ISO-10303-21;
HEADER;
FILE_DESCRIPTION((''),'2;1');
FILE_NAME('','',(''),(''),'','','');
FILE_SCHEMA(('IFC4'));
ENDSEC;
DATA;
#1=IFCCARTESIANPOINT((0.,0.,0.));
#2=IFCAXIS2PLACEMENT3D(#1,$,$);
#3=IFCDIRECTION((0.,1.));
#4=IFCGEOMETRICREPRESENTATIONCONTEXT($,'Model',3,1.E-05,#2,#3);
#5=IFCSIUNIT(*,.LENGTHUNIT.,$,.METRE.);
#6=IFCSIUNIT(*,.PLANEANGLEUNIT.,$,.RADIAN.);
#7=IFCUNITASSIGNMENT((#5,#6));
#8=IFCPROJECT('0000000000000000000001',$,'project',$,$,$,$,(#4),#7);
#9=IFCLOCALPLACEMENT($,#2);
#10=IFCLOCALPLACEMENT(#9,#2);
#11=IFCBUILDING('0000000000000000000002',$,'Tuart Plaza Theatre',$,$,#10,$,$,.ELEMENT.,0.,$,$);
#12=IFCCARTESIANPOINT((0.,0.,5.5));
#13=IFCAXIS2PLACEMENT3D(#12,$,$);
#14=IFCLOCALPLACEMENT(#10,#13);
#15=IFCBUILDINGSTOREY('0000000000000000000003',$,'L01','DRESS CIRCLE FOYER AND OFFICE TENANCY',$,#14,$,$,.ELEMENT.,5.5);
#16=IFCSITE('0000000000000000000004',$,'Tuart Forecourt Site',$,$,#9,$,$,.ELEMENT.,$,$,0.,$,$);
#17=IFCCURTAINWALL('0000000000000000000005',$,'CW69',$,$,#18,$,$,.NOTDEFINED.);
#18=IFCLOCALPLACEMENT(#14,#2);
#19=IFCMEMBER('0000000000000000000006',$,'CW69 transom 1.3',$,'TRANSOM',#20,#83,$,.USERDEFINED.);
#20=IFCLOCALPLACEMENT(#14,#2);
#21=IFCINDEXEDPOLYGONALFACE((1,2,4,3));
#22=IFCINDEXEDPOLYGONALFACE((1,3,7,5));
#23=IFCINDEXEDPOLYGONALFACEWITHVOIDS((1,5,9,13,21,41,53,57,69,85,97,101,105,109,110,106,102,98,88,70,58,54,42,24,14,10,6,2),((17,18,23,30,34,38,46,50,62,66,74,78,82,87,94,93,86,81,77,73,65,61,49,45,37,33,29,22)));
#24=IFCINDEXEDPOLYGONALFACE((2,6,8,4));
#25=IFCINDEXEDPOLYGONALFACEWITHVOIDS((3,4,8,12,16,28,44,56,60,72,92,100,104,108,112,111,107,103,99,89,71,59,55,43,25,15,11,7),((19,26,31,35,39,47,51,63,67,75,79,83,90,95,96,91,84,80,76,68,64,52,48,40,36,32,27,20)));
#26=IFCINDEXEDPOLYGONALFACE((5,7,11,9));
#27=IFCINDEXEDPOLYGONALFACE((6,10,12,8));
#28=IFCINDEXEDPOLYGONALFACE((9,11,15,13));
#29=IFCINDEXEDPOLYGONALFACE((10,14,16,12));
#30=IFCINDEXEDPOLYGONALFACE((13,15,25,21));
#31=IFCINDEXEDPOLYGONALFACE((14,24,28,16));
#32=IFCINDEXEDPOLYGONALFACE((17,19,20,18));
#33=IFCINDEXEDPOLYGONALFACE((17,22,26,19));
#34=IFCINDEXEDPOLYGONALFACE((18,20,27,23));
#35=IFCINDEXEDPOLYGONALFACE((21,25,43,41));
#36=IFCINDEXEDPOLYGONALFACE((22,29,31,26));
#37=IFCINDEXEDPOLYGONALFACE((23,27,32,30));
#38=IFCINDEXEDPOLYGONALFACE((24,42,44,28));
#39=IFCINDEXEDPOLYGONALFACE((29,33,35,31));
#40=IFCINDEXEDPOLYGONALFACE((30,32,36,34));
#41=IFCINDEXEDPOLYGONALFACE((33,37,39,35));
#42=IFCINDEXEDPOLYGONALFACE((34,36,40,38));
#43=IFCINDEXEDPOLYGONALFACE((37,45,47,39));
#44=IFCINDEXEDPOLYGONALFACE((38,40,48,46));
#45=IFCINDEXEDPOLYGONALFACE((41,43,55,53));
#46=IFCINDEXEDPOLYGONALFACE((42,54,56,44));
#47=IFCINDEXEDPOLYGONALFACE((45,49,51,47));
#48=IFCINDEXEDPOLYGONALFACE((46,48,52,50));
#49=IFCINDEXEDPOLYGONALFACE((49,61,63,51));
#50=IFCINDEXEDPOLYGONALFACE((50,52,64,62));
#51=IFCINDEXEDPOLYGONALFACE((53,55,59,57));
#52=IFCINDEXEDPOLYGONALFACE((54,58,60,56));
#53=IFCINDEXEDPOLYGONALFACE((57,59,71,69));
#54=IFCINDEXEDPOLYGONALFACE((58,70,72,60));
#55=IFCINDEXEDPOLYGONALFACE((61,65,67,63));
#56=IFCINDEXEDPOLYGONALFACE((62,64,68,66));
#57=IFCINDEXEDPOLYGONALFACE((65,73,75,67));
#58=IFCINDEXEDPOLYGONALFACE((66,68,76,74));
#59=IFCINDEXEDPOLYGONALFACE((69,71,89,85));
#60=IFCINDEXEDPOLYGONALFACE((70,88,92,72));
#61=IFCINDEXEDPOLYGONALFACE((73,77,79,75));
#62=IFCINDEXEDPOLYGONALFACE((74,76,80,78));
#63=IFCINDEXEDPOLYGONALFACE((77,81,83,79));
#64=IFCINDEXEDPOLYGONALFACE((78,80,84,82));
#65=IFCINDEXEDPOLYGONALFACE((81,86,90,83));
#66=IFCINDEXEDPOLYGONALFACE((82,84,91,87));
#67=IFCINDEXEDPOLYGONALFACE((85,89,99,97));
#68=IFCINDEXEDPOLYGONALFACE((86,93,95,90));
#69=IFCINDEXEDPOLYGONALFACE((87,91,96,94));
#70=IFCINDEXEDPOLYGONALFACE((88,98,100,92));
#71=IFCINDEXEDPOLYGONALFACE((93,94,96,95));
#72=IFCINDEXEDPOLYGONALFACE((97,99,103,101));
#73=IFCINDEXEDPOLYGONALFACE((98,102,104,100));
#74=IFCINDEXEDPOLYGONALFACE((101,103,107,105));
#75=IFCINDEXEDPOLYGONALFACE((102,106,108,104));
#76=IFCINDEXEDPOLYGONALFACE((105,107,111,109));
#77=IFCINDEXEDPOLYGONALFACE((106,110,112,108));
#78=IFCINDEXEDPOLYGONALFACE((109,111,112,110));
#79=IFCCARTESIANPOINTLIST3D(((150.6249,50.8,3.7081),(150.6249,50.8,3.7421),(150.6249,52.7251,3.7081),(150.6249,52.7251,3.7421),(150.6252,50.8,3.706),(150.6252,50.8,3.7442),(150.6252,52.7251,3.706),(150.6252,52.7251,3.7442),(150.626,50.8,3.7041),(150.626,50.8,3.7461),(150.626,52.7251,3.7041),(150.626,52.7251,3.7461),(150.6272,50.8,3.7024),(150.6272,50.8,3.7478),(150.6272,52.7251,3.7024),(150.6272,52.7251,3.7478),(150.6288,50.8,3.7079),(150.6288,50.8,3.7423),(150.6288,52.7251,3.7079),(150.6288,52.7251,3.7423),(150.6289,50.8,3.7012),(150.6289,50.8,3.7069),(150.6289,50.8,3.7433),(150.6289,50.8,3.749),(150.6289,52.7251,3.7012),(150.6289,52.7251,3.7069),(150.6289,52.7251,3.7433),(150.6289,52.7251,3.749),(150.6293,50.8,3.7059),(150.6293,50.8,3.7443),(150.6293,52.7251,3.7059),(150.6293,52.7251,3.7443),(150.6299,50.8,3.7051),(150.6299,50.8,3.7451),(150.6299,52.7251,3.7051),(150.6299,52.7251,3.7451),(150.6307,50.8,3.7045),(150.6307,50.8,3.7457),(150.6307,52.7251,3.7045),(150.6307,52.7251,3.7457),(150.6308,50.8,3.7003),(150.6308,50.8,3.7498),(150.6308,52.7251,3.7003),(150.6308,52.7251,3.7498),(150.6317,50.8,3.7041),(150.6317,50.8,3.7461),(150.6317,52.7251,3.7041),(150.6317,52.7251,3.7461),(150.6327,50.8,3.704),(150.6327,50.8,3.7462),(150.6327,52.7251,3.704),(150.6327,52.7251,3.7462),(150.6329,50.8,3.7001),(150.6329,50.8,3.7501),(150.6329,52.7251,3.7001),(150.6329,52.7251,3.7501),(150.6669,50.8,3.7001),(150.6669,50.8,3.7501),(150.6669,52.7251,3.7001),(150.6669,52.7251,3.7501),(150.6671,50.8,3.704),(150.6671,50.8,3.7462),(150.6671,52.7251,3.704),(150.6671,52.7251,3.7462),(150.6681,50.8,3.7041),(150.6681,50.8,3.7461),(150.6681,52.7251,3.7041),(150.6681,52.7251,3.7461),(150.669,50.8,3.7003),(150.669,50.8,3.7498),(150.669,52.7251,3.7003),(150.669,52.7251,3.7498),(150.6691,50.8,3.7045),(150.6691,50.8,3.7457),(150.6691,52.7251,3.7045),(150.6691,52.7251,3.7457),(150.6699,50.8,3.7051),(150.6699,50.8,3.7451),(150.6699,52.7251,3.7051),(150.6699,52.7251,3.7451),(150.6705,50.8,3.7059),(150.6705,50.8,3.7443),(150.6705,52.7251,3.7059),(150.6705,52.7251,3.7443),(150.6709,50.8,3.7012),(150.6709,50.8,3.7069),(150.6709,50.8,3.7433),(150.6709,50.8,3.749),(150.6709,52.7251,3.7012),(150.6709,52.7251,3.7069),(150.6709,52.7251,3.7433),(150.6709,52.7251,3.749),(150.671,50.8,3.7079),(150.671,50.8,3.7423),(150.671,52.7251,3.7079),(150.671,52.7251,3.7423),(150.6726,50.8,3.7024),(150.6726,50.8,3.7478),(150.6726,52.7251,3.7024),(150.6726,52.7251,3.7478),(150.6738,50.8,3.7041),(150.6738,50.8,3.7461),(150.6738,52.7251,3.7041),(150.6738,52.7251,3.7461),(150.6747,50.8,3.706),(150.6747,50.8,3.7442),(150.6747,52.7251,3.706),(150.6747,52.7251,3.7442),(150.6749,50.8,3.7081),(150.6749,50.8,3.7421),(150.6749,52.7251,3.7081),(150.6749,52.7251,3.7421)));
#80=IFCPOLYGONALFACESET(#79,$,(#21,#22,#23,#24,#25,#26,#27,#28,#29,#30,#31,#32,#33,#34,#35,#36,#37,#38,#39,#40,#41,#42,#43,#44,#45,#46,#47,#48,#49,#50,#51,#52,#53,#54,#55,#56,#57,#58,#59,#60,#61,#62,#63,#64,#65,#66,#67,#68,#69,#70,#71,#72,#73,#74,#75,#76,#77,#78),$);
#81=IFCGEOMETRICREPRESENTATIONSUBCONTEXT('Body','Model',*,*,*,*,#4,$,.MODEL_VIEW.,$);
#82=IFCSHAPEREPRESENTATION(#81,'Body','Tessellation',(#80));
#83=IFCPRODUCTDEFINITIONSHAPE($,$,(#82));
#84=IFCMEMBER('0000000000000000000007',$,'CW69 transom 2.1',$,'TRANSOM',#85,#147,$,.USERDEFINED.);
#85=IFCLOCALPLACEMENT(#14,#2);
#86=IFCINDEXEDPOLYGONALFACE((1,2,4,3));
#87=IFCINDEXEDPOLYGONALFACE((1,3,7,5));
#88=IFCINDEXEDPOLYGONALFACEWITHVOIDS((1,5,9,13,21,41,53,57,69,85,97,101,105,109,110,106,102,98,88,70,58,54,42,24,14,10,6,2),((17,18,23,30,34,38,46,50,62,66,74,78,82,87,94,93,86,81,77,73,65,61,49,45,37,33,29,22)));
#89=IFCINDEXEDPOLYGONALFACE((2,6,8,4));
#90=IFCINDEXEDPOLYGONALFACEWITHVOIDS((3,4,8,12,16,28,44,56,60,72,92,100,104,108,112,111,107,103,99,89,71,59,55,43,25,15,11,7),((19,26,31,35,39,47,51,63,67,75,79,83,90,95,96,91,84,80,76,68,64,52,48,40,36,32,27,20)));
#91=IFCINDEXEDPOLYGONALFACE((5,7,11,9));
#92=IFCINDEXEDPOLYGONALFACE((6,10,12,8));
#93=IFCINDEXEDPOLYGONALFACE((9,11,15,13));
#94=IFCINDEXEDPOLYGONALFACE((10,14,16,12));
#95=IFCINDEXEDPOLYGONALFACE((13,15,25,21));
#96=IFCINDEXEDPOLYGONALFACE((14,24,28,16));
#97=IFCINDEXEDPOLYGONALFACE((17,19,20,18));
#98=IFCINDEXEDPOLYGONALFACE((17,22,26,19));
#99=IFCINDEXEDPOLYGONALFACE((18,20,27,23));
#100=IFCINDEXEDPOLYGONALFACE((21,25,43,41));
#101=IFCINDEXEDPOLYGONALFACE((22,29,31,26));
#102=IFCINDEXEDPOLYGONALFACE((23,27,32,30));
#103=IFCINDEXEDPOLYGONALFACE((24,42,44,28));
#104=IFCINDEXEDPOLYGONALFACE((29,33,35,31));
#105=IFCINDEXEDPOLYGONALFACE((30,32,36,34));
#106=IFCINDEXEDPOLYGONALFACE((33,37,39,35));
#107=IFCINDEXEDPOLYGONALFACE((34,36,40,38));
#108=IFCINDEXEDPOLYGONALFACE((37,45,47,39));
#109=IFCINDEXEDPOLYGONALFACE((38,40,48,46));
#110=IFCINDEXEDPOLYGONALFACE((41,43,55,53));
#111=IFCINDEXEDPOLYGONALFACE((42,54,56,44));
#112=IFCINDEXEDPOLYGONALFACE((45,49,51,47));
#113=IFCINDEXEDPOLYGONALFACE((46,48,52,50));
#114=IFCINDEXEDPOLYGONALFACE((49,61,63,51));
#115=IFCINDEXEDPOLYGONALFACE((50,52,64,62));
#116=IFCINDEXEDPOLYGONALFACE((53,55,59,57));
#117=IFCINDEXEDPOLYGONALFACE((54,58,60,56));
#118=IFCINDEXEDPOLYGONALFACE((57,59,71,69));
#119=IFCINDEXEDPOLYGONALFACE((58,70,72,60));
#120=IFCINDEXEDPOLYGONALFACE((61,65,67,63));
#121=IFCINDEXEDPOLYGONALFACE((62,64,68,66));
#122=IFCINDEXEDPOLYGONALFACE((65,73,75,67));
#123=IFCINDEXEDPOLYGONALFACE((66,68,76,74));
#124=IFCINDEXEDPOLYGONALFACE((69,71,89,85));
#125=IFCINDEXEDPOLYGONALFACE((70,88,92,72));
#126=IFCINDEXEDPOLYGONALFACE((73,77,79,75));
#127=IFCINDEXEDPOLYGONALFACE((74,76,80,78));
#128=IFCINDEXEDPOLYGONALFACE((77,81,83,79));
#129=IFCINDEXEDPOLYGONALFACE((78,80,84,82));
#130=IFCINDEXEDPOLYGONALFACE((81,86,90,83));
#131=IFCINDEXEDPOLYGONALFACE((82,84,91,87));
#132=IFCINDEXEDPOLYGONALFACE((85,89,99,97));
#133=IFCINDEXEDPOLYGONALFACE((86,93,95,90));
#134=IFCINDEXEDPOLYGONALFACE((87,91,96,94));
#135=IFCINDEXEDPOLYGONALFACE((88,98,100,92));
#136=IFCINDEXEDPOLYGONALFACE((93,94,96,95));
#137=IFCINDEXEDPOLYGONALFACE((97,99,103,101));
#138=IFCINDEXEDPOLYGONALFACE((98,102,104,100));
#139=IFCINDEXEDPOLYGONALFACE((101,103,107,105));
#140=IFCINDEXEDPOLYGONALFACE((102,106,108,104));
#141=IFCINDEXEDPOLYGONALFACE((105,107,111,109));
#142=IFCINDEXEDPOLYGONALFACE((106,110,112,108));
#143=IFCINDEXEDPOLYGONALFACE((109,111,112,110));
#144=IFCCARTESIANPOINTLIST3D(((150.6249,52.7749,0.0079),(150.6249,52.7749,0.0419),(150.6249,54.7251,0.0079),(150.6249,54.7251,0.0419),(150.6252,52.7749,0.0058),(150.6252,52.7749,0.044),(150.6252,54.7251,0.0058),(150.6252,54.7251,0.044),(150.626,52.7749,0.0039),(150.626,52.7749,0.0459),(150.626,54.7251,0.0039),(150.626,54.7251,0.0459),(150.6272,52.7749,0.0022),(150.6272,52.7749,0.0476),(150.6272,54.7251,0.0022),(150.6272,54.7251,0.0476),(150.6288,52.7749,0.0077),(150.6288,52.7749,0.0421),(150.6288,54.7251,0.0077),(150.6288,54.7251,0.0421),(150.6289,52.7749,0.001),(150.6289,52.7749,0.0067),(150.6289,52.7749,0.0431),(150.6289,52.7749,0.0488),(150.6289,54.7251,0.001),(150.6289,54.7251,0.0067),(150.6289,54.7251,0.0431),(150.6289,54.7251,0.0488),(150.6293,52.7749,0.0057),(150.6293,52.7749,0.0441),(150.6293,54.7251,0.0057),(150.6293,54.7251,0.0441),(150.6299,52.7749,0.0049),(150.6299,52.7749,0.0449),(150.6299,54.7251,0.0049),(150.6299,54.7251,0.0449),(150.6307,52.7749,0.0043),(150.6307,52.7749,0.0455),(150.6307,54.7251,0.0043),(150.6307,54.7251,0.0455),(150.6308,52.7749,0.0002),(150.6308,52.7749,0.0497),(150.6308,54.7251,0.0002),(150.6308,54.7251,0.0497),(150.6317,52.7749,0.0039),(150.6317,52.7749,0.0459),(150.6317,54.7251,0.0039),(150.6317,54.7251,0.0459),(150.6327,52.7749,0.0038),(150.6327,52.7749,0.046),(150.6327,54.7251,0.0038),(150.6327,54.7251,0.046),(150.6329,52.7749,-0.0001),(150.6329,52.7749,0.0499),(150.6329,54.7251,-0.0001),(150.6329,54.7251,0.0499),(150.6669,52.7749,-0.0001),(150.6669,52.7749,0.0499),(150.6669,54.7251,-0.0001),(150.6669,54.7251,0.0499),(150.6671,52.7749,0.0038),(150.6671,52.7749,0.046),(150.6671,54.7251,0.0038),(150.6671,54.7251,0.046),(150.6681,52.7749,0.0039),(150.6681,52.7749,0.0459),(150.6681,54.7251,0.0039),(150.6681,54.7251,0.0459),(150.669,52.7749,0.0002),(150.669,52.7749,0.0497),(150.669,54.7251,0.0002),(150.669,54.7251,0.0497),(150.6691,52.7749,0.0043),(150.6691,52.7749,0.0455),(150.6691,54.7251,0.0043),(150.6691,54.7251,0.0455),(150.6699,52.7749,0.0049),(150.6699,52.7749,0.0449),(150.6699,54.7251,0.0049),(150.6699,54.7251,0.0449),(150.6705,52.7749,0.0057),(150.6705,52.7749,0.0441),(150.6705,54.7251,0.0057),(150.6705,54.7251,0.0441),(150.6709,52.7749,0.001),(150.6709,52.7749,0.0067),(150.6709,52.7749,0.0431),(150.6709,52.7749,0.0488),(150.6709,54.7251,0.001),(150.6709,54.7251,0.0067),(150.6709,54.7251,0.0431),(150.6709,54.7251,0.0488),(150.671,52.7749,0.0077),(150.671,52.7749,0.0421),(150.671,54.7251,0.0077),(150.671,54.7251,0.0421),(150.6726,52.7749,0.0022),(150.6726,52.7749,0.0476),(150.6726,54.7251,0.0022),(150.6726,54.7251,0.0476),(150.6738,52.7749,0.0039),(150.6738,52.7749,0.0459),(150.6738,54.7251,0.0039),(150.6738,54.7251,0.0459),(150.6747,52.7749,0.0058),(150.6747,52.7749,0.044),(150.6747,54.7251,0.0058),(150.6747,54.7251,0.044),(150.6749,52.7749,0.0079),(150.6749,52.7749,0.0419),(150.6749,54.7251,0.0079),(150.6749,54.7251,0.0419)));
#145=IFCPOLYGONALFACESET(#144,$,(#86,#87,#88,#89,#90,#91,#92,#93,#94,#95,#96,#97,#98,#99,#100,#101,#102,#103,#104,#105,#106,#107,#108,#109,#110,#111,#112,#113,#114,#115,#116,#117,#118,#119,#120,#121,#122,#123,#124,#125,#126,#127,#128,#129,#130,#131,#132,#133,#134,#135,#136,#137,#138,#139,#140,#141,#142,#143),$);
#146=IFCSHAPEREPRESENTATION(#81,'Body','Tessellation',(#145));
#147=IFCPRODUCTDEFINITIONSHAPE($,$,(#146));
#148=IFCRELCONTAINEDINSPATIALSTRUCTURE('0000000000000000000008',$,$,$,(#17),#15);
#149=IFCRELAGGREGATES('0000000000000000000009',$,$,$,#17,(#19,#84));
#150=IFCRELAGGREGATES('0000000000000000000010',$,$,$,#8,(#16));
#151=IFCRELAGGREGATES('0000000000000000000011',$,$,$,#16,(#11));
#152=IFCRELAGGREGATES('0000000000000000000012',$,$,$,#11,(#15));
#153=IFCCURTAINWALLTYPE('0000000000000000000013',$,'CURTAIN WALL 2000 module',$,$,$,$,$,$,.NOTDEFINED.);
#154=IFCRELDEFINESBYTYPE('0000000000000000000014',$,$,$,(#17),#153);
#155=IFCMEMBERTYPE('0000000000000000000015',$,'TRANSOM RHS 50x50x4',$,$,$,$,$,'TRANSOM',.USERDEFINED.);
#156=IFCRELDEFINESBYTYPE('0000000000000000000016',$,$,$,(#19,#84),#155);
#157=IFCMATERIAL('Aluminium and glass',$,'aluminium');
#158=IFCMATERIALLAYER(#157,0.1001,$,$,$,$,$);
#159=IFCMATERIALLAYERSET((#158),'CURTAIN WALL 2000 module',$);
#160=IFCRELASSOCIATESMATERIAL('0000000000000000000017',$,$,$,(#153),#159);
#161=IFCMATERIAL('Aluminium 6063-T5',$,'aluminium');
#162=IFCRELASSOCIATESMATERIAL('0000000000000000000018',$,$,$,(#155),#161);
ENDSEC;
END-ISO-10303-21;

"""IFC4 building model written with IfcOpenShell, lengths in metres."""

from ifc_helpers import new_model, si_unit, direction, frame, origin, origin_2d, place, context, subcontext, project, spatial, hollow_rectangle, extrude, material, layer, layer_set, material_profile, profile_set, type_object, element, aggregate, save


model = new_model("IFC4")

# Units and contexts
model_context = context("Model", 3, precision=1e-05, world=origin(), true_north=direction((0.0, 1.0)))
body_context = subcontext(model_context, "Body", "Model", "MODEL_VIEW")
ifc_project = project(units=[si_unit("LENGTHUNIT", "METRE"), si_unit("PLANEANGLEUNIT", "RADIAN")], contexts=[model_context])

# Site, building, storey
site_placement = place(None, origin())
site = spatial("IfcSite", under=ifc_project, at=site_placement, Name="Tuart Forecourt Site", CompositionType="ELEMENT", RefElevation=0.0)
building_placement = place(site_placement, origin())
building = spatial("IfcBuilding", under=site, at=building_placement, Name="Tuart Plaza Theatre", CompositionType="ELEMENT", ElevationOfRefHeight=0.0)
storey_placement = place(building_placement, frame((0.0, 0.0, 5.5)))
storey = spatial("IfcBuildingStorey", under=building, at=storey_placement, Name="L01", Description="DRESS CIRCLE FOYER AND OFFICE TENANCY", CompositionType="ELEMENT", Elevation=5.5)

# Curtain wall, members
ifc_material_1 = material(Name="Aluminium and glass", Category="aluminium")
ifc_layer_1 = layer(ifc_material_1, 0.1001)
ifc_layer_set_1 = layer_set([ifc_layer_1], Name="CURTAIN WALL 2000 module")
curtain_wall_type = type_object("IfcCurtainWallType", Name="CURTAIN WALL 2000 module", PredefinedType="NOTDEFINED", material=ifc_layer_set_1)
curtain_wall_placement = place(storey_placement, origin())
curtain_wall = element("IfcCurtainWall", 1, at=curtain_wall_placement, inside=storey, type_object=curtain_wall_type, Name="CW69", PredefinedType="NOTDEFINED")
ifc_material_2 = material(Name="Aluminium 6063-T5", Category="aluminium")
ifc_material_profile_1 = material_profile(ifc_material_2, hollow_rectangle(XDim=0.05, YDim=0.05, WallThickness=0.0039, InnerFilletRadius=0.0039, OuterFilletRadius=0.0081, at=origin_2d()), Name="RHS 50x50x4")
ifc_profile_set_1 = profile_set([ifc_material_profile_1], Name="Aluminium 6063-T5")
member_type_1 = type_object("IfcMemberType", Name="TRANSOM RHS 50x50x4", ElementType="TRANSOM", PredefinedType="USERDEFINED", material=ifc_profile_set_1)
member_1_placement = place(storey_placement, frame((150.6499, 50.8, 3.7251), z_axis=(0.0, 1.0, 0.0), x_axis=(-1.0, 0.0, 0.0)))
member_1 = element("IfcMember", 2, at=member_1_placement, type_object=member_type_1, Name="CW69 transom 1.3", ObjectType="TRANSOM", PredefinedType="USERDEFINED", context=body_context, shape_type="SweptSolid", body=[
    extrude(hollow_rectangle(XDim=0.05, YDim=0.05, WallThickness=0.0039, InnerFilletRadius=0.0039, OuterFilletRadius=0.0081, at=origin_2d()), origin(), (0.0, 0.0, 1.0), 1.925),
])
member_2_placement = place(storey_placement, frame((150.6499, 52.7749, 0.0249), z_axis=(0.0, 1.0, 0.0), x_axis=(-1.0, 0.0, 0.0)))
member_2 = element("IfcMember", 3, at=member_2_placement, type_object=member_type_1, Name="CW69 transom 2.1", ObjectType="TRANSOM", PredefinedType="USERDEFINED", context=body_context, shape_type="SweptSolid", body=[
    extrude(hollow_rectangle(XDim=0.05, YDim=0.05, WallThickness=0.0039, InnerFilletRadius=0.0039, OuterFilletRadius=0.0081, at=origin_2d()), origin(), (0.0, 0.0, 1.0), 1.9502),
])
aggregate(curtain_wall, [member_1, member_2])

save(model, "model.ifc")
